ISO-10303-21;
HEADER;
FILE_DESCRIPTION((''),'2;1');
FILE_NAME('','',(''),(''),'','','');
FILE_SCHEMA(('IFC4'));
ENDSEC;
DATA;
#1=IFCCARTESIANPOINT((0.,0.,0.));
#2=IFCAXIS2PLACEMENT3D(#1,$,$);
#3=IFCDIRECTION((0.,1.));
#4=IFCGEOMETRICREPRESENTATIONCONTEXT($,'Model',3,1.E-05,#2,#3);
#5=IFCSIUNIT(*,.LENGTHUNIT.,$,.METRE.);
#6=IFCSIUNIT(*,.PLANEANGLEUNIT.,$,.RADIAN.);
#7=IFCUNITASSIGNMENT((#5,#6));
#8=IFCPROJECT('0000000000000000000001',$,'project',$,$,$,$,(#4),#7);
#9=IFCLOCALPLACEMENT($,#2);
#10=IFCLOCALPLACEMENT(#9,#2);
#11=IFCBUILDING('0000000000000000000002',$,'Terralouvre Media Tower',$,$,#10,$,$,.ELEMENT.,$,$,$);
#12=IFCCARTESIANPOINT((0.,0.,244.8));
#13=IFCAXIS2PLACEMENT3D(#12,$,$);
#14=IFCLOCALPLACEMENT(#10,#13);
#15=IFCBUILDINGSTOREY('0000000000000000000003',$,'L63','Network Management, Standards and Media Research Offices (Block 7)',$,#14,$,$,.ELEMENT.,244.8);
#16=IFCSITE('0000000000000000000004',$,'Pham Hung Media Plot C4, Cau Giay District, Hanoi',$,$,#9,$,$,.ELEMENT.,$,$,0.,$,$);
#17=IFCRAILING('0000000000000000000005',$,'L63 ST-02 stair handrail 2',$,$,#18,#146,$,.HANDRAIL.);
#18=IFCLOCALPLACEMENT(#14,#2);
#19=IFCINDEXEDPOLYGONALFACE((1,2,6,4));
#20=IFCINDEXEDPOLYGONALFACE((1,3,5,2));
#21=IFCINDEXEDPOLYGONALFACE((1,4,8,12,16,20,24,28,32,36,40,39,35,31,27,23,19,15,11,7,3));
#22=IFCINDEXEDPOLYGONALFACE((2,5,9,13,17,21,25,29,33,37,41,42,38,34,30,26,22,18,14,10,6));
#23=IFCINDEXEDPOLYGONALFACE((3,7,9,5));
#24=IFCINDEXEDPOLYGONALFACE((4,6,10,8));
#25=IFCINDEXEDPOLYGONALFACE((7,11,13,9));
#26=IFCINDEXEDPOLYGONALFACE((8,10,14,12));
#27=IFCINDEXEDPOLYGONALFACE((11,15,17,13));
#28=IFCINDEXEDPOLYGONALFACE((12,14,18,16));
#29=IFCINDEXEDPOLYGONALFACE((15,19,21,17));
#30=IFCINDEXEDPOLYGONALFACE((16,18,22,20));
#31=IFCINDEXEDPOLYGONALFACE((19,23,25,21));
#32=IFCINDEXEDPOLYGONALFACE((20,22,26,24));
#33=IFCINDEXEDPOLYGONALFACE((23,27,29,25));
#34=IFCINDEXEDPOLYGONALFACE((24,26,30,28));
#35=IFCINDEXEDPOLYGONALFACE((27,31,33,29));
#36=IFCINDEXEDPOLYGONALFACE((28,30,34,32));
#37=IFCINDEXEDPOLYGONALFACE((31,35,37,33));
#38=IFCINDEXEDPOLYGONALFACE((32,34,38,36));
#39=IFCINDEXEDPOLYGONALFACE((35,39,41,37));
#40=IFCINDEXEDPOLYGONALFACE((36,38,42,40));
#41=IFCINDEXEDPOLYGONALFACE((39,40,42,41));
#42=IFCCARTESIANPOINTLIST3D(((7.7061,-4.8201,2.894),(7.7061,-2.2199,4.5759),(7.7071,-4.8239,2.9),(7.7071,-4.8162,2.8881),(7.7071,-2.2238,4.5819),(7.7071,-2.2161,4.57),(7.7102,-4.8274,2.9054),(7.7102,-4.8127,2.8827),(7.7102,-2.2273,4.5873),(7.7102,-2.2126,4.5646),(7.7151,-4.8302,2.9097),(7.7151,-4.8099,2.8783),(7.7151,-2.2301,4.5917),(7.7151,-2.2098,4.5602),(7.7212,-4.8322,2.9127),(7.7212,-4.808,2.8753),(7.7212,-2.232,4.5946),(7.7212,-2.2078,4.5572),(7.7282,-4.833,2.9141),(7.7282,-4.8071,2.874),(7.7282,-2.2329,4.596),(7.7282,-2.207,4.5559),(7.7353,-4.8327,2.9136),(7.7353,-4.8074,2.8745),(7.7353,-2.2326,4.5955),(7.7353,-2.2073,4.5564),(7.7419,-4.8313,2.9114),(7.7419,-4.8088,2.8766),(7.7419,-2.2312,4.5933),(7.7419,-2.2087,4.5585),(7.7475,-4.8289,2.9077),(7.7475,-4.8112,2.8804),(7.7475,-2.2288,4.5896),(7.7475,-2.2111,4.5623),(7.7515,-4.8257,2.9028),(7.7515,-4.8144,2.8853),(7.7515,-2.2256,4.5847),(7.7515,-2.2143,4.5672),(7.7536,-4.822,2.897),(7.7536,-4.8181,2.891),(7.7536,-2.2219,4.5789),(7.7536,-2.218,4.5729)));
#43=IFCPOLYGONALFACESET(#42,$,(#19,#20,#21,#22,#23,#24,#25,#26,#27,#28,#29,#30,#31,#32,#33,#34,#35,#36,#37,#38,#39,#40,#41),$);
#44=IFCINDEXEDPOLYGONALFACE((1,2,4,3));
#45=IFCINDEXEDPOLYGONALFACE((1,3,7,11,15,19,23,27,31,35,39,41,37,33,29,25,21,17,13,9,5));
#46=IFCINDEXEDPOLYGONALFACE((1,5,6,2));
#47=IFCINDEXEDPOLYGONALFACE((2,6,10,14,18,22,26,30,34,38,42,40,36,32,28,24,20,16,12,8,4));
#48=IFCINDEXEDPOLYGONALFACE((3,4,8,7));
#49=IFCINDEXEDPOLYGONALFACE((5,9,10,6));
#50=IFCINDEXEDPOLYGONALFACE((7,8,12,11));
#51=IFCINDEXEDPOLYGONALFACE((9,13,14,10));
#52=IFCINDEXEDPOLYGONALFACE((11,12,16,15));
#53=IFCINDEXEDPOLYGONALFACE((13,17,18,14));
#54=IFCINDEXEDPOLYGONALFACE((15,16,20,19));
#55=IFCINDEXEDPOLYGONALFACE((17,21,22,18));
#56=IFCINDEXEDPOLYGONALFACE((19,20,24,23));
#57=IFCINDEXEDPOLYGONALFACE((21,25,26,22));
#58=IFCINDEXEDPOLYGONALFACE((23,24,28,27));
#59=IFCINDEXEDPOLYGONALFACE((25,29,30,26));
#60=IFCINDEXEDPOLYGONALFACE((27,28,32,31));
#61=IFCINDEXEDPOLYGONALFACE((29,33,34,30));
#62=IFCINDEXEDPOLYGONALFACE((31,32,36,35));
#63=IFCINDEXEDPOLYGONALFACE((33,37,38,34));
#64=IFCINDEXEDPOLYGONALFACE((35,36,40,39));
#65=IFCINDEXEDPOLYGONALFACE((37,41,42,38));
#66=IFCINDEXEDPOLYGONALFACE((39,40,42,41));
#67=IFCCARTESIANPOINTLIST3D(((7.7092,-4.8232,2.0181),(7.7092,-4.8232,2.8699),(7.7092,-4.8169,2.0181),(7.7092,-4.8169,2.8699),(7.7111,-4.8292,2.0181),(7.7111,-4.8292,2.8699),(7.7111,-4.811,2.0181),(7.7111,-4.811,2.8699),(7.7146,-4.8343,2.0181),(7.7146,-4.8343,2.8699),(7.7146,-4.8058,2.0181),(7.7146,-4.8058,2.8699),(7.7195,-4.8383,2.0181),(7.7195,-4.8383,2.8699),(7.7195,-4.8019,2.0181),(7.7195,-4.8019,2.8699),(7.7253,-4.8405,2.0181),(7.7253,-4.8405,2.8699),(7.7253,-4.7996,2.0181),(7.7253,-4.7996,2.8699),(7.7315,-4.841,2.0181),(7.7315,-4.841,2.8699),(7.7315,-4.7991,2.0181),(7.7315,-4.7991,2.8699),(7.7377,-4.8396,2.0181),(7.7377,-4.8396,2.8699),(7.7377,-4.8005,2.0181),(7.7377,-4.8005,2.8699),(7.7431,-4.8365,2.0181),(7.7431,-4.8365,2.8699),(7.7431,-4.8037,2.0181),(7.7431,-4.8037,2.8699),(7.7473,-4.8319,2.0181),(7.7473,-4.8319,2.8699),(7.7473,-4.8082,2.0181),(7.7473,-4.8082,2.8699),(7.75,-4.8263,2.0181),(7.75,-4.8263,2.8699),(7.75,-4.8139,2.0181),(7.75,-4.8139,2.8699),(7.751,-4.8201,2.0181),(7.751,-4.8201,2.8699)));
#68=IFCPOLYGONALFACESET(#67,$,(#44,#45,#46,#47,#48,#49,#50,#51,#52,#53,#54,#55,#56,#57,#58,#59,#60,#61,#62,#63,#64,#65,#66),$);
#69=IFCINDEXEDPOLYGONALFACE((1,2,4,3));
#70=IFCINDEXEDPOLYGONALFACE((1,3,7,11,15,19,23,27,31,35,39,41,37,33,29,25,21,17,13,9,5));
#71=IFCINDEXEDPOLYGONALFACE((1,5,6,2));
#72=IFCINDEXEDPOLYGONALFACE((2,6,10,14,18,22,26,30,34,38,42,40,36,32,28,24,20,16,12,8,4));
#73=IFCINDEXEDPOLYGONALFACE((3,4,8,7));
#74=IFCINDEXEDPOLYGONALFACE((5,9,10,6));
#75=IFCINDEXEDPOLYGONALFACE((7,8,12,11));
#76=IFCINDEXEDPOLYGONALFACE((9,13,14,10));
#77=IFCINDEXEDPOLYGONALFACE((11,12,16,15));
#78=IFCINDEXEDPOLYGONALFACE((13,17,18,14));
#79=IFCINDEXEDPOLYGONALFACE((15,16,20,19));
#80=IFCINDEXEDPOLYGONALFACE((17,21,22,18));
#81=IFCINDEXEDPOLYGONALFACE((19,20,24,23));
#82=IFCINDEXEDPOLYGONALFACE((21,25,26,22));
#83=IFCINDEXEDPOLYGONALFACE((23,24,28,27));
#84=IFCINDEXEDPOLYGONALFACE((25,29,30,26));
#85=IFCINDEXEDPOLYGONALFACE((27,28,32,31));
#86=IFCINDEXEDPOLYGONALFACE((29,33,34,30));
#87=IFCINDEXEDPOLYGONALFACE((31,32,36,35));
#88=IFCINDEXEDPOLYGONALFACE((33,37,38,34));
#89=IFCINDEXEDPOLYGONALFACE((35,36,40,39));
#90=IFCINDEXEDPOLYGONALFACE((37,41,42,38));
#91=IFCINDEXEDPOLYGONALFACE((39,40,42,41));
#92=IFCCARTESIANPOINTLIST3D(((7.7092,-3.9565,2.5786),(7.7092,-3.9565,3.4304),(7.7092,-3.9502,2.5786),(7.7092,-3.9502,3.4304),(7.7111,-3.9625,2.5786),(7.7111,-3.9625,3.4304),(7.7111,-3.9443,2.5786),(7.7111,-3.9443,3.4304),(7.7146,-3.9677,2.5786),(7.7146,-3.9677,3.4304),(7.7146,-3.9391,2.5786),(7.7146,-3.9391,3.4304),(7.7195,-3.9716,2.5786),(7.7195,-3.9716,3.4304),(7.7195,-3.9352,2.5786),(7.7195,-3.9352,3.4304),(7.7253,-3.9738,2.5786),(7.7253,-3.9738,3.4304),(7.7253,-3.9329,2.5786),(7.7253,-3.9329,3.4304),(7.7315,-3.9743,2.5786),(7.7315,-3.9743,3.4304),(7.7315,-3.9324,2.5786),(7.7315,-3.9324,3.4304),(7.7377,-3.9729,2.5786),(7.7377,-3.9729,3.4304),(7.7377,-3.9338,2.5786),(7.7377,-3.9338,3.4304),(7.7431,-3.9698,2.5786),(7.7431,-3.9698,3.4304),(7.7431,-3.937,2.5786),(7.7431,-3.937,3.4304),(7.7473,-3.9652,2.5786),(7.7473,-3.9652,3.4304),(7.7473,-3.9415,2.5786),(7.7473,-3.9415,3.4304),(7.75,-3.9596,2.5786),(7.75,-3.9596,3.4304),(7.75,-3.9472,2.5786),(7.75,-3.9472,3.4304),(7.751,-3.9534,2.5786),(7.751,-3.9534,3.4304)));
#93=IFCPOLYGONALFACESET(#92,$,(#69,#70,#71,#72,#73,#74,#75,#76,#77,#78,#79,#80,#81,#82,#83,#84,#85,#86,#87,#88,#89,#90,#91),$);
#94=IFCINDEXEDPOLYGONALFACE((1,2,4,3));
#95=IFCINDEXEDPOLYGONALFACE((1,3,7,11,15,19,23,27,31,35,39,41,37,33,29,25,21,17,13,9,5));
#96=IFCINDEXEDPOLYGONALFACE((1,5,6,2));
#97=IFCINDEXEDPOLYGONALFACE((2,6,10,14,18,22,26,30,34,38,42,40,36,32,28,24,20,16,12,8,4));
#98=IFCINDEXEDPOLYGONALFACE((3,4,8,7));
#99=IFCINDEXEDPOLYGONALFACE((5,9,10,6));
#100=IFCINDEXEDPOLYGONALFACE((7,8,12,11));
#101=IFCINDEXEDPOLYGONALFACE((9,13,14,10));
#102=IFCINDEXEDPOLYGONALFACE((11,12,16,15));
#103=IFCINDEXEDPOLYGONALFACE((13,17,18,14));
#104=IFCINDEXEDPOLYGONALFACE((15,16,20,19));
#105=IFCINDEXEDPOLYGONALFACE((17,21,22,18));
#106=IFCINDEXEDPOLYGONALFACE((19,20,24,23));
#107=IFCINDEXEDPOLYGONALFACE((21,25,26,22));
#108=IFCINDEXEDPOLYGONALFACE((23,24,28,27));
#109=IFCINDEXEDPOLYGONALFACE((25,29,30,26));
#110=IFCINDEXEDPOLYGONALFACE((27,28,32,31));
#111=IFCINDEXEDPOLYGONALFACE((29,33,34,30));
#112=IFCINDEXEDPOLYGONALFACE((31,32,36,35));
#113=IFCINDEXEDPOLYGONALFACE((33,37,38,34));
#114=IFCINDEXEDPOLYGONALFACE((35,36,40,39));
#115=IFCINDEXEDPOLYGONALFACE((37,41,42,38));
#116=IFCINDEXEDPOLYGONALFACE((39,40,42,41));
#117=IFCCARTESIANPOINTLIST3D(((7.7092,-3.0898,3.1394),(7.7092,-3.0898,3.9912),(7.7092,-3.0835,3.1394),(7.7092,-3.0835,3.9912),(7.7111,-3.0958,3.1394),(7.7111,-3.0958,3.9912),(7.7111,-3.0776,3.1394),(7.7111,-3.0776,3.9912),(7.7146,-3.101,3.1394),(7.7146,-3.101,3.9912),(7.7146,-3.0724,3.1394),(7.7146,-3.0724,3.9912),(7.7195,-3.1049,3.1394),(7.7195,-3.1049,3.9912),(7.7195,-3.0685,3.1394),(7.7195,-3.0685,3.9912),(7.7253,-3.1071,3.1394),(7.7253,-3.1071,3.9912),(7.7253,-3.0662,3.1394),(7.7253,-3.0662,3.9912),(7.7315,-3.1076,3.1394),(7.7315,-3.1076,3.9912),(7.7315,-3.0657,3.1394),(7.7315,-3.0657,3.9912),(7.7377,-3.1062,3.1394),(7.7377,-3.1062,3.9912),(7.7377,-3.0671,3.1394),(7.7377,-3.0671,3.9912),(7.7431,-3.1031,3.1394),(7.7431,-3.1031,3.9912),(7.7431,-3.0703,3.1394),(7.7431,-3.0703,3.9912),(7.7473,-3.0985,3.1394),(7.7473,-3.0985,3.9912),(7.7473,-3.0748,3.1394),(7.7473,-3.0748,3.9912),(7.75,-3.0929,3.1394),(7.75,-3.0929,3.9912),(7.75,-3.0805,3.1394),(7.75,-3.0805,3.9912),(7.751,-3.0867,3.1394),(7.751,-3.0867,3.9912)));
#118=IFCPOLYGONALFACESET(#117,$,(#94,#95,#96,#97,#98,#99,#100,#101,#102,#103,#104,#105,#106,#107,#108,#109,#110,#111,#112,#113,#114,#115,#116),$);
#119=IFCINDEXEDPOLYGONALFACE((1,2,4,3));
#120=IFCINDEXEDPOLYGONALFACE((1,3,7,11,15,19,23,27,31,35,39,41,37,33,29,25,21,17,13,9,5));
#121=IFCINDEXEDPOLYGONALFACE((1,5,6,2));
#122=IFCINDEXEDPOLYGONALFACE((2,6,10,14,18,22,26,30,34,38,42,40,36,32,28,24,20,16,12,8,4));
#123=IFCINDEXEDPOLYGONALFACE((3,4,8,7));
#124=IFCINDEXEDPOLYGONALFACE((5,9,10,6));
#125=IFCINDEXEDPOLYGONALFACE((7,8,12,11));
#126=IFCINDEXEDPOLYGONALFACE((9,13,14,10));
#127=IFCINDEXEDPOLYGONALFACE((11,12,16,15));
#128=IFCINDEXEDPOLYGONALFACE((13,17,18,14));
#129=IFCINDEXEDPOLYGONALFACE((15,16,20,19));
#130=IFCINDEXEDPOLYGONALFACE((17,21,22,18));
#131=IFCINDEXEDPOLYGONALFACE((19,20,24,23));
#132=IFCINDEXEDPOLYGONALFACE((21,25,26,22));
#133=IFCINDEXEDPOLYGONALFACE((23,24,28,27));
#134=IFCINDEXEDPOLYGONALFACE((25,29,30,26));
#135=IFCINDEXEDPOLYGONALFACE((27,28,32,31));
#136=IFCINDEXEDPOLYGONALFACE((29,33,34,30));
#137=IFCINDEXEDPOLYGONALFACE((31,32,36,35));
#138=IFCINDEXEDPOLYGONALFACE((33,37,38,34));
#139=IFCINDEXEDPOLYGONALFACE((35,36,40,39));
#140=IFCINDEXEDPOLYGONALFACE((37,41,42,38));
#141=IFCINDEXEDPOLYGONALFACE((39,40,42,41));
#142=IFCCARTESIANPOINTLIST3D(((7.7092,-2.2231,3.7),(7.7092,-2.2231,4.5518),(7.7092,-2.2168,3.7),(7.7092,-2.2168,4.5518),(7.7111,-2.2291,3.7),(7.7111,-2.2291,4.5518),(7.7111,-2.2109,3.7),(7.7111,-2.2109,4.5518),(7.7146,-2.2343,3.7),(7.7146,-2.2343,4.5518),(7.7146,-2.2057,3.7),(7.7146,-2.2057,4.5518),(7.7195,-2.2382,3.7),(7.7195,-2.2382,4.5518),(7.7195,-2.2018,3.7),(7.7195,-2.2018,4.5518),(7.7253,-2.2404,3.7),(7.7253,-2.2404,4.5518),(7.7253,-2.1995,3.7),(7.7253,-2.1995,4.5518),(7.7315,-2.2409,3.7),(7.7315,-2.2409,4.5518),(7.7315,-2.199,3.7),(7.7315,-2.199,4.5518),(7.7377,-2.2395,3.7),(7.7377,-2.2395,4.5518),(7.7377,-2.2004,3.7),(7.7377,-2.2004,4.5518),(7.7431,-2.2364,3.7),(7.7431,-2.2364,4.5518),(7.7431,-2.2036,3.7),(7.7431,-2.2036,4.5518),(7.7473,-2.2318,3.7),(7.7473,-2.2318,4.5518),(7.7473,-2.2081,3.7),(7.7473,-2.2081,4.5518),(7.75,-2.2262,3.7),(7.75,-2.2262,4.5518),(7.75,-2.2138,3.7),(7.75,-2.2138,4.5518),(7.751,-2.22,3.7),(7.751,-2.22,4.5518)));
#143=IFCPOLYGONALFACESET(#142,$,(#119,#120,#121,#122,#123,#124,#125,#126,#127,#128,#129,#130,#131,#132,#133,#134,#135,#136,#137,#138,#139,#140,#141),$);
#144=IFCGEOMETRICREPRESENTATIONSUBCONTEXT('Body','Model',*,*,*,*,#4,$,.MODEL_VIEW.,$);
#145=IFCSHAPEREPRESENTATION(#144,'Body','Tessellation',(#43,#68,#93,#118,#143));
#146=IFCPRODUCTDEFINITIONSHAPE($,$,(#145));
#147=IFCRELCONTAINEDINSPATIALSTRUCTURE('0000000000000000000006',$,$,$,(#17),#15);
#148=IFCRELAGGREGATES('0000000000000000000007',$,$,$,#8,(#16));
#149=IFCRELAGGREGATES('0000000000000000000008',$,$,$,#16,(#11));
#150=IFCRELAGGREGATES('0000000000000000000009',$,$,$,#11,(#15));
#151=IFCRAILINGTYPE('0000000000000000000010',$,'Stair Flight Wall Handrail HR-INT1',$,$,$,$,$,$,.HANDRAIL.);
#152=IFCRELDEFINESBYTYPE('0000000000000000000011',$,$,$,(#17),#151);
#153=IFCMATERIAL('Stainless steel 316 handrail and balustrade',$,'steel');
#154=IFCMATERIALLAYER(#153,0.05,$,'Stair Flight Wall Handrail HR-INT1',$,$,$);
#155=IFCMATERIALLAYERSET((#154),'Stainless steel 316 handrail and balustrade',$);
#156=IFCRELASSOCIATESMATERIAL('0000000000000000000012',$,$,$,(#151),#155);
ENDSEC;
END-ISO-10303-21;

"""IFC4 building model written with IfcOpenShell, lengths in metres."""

from ifc_helpers import new_model, si_unit, direction, frame, origin, origin_2d, place, context, subcontext, project, spatial, circle, extrude, material, layer, layer_set, type_object, element, save


model = new_model("IFC4")

# Units and contexts
model_context = context("Model", 3, precision=1e-05, world=origin(), true_north=direction((0.0, 1.0)))
body_context = subcontext(model_context, "Body", "Model", "MODEL_VIEW")
ifc_project = project(units=[si_unit("LENGTHUNIT", "METRE"), si_unit("PLANEANGLEUNIT", "RADIAN")], contexts=[model_context])

# Site, building, storey
site_placement = place(None, origin())
site = spatial("IfcSite", under=ifc_project, at=site_placement, Name="Pham Hung Media Plot C4, Cau Giay District, Hanoi", CompositionType="ELEMENT", RefElevation=0.0)
building_placement = place(site_placement, origin())
building = spatial("IfcBuilding", under=site, at=building_placement, Name="Terralouvre Media Tower", CompositionType="ELEMENT")
storey_placement = place(building_placement, frame((0.0, 0.0, 244.8)))
storey = spatial("IfcBuildingStorey", under=building, at=storey_placement, Name="L63", Description="Network Management, Standards and Media Research Offices (Block 7)", CompositionType="ELEMENT", Elevation=244.8)

# Railing
ifc_material_1 = material(Name="Stainless steel 316 handrail and balustrade", Category="steel")
ifc_layer_1 = layer(ifc_material_1, 0.05, Name="Stair Flight Wall Handrail HR-INT1")
ifc_layer_set_1 = layer_set([ifc_layer_1], Name="Stainless steel 316 handrail and balustrade")
railing_type_1 = type_object("IfcRailingType", Name="Stair Flight Wall Handrail HR-INT1", PredefinedType="HANDRAIL", material=ifc_layer_set_1)
railing_1_placement = place(storey_placement, frame((7.73, -4.8201, 2.0181)))
element("IfcRailing", 1, at=railing_1_placement, inside=storey, type_object=railing_type_1, Name="L63 ST-02 stair handrail 2", PredefinedType="HANDRAIL", context=body_context, shape_type="SweptSolid", body=[
    extrude(circle(Radius=0.0239, at=origin_2d()), frame((0.0, 0.0, 0.876), z_axis=(0.0, 0.839648, 0.54313), x_axis=(-1.0, 0.0, 0.0)), (0.0, 0.0, 1.0), 3.0967),
    extrude(circle(Radius=0.021, at=origin_2d()), origin(), (0.0, 0.0, 1.0), 0.8518),
    extrude(circle(Radius=0.021, at=origin_2d()), frame((0.0, 0.8667, 0.5605)), (0.0, 0.0, 1.0), 0.8518),
    extrude(circle(Radius=0.021, at=origin_2d()), frame((0.0, 1.7334, 1.1213)), (0.0, 0.0, 1.0), 0.8518),
    extrude(circle(Radius=0.021, at=origin_2d()), frame((0.0, 2.6001, 1.6819)), (0.0, 0.0, 1.0), 0.8518),
])

save(model, "model.ifc")
